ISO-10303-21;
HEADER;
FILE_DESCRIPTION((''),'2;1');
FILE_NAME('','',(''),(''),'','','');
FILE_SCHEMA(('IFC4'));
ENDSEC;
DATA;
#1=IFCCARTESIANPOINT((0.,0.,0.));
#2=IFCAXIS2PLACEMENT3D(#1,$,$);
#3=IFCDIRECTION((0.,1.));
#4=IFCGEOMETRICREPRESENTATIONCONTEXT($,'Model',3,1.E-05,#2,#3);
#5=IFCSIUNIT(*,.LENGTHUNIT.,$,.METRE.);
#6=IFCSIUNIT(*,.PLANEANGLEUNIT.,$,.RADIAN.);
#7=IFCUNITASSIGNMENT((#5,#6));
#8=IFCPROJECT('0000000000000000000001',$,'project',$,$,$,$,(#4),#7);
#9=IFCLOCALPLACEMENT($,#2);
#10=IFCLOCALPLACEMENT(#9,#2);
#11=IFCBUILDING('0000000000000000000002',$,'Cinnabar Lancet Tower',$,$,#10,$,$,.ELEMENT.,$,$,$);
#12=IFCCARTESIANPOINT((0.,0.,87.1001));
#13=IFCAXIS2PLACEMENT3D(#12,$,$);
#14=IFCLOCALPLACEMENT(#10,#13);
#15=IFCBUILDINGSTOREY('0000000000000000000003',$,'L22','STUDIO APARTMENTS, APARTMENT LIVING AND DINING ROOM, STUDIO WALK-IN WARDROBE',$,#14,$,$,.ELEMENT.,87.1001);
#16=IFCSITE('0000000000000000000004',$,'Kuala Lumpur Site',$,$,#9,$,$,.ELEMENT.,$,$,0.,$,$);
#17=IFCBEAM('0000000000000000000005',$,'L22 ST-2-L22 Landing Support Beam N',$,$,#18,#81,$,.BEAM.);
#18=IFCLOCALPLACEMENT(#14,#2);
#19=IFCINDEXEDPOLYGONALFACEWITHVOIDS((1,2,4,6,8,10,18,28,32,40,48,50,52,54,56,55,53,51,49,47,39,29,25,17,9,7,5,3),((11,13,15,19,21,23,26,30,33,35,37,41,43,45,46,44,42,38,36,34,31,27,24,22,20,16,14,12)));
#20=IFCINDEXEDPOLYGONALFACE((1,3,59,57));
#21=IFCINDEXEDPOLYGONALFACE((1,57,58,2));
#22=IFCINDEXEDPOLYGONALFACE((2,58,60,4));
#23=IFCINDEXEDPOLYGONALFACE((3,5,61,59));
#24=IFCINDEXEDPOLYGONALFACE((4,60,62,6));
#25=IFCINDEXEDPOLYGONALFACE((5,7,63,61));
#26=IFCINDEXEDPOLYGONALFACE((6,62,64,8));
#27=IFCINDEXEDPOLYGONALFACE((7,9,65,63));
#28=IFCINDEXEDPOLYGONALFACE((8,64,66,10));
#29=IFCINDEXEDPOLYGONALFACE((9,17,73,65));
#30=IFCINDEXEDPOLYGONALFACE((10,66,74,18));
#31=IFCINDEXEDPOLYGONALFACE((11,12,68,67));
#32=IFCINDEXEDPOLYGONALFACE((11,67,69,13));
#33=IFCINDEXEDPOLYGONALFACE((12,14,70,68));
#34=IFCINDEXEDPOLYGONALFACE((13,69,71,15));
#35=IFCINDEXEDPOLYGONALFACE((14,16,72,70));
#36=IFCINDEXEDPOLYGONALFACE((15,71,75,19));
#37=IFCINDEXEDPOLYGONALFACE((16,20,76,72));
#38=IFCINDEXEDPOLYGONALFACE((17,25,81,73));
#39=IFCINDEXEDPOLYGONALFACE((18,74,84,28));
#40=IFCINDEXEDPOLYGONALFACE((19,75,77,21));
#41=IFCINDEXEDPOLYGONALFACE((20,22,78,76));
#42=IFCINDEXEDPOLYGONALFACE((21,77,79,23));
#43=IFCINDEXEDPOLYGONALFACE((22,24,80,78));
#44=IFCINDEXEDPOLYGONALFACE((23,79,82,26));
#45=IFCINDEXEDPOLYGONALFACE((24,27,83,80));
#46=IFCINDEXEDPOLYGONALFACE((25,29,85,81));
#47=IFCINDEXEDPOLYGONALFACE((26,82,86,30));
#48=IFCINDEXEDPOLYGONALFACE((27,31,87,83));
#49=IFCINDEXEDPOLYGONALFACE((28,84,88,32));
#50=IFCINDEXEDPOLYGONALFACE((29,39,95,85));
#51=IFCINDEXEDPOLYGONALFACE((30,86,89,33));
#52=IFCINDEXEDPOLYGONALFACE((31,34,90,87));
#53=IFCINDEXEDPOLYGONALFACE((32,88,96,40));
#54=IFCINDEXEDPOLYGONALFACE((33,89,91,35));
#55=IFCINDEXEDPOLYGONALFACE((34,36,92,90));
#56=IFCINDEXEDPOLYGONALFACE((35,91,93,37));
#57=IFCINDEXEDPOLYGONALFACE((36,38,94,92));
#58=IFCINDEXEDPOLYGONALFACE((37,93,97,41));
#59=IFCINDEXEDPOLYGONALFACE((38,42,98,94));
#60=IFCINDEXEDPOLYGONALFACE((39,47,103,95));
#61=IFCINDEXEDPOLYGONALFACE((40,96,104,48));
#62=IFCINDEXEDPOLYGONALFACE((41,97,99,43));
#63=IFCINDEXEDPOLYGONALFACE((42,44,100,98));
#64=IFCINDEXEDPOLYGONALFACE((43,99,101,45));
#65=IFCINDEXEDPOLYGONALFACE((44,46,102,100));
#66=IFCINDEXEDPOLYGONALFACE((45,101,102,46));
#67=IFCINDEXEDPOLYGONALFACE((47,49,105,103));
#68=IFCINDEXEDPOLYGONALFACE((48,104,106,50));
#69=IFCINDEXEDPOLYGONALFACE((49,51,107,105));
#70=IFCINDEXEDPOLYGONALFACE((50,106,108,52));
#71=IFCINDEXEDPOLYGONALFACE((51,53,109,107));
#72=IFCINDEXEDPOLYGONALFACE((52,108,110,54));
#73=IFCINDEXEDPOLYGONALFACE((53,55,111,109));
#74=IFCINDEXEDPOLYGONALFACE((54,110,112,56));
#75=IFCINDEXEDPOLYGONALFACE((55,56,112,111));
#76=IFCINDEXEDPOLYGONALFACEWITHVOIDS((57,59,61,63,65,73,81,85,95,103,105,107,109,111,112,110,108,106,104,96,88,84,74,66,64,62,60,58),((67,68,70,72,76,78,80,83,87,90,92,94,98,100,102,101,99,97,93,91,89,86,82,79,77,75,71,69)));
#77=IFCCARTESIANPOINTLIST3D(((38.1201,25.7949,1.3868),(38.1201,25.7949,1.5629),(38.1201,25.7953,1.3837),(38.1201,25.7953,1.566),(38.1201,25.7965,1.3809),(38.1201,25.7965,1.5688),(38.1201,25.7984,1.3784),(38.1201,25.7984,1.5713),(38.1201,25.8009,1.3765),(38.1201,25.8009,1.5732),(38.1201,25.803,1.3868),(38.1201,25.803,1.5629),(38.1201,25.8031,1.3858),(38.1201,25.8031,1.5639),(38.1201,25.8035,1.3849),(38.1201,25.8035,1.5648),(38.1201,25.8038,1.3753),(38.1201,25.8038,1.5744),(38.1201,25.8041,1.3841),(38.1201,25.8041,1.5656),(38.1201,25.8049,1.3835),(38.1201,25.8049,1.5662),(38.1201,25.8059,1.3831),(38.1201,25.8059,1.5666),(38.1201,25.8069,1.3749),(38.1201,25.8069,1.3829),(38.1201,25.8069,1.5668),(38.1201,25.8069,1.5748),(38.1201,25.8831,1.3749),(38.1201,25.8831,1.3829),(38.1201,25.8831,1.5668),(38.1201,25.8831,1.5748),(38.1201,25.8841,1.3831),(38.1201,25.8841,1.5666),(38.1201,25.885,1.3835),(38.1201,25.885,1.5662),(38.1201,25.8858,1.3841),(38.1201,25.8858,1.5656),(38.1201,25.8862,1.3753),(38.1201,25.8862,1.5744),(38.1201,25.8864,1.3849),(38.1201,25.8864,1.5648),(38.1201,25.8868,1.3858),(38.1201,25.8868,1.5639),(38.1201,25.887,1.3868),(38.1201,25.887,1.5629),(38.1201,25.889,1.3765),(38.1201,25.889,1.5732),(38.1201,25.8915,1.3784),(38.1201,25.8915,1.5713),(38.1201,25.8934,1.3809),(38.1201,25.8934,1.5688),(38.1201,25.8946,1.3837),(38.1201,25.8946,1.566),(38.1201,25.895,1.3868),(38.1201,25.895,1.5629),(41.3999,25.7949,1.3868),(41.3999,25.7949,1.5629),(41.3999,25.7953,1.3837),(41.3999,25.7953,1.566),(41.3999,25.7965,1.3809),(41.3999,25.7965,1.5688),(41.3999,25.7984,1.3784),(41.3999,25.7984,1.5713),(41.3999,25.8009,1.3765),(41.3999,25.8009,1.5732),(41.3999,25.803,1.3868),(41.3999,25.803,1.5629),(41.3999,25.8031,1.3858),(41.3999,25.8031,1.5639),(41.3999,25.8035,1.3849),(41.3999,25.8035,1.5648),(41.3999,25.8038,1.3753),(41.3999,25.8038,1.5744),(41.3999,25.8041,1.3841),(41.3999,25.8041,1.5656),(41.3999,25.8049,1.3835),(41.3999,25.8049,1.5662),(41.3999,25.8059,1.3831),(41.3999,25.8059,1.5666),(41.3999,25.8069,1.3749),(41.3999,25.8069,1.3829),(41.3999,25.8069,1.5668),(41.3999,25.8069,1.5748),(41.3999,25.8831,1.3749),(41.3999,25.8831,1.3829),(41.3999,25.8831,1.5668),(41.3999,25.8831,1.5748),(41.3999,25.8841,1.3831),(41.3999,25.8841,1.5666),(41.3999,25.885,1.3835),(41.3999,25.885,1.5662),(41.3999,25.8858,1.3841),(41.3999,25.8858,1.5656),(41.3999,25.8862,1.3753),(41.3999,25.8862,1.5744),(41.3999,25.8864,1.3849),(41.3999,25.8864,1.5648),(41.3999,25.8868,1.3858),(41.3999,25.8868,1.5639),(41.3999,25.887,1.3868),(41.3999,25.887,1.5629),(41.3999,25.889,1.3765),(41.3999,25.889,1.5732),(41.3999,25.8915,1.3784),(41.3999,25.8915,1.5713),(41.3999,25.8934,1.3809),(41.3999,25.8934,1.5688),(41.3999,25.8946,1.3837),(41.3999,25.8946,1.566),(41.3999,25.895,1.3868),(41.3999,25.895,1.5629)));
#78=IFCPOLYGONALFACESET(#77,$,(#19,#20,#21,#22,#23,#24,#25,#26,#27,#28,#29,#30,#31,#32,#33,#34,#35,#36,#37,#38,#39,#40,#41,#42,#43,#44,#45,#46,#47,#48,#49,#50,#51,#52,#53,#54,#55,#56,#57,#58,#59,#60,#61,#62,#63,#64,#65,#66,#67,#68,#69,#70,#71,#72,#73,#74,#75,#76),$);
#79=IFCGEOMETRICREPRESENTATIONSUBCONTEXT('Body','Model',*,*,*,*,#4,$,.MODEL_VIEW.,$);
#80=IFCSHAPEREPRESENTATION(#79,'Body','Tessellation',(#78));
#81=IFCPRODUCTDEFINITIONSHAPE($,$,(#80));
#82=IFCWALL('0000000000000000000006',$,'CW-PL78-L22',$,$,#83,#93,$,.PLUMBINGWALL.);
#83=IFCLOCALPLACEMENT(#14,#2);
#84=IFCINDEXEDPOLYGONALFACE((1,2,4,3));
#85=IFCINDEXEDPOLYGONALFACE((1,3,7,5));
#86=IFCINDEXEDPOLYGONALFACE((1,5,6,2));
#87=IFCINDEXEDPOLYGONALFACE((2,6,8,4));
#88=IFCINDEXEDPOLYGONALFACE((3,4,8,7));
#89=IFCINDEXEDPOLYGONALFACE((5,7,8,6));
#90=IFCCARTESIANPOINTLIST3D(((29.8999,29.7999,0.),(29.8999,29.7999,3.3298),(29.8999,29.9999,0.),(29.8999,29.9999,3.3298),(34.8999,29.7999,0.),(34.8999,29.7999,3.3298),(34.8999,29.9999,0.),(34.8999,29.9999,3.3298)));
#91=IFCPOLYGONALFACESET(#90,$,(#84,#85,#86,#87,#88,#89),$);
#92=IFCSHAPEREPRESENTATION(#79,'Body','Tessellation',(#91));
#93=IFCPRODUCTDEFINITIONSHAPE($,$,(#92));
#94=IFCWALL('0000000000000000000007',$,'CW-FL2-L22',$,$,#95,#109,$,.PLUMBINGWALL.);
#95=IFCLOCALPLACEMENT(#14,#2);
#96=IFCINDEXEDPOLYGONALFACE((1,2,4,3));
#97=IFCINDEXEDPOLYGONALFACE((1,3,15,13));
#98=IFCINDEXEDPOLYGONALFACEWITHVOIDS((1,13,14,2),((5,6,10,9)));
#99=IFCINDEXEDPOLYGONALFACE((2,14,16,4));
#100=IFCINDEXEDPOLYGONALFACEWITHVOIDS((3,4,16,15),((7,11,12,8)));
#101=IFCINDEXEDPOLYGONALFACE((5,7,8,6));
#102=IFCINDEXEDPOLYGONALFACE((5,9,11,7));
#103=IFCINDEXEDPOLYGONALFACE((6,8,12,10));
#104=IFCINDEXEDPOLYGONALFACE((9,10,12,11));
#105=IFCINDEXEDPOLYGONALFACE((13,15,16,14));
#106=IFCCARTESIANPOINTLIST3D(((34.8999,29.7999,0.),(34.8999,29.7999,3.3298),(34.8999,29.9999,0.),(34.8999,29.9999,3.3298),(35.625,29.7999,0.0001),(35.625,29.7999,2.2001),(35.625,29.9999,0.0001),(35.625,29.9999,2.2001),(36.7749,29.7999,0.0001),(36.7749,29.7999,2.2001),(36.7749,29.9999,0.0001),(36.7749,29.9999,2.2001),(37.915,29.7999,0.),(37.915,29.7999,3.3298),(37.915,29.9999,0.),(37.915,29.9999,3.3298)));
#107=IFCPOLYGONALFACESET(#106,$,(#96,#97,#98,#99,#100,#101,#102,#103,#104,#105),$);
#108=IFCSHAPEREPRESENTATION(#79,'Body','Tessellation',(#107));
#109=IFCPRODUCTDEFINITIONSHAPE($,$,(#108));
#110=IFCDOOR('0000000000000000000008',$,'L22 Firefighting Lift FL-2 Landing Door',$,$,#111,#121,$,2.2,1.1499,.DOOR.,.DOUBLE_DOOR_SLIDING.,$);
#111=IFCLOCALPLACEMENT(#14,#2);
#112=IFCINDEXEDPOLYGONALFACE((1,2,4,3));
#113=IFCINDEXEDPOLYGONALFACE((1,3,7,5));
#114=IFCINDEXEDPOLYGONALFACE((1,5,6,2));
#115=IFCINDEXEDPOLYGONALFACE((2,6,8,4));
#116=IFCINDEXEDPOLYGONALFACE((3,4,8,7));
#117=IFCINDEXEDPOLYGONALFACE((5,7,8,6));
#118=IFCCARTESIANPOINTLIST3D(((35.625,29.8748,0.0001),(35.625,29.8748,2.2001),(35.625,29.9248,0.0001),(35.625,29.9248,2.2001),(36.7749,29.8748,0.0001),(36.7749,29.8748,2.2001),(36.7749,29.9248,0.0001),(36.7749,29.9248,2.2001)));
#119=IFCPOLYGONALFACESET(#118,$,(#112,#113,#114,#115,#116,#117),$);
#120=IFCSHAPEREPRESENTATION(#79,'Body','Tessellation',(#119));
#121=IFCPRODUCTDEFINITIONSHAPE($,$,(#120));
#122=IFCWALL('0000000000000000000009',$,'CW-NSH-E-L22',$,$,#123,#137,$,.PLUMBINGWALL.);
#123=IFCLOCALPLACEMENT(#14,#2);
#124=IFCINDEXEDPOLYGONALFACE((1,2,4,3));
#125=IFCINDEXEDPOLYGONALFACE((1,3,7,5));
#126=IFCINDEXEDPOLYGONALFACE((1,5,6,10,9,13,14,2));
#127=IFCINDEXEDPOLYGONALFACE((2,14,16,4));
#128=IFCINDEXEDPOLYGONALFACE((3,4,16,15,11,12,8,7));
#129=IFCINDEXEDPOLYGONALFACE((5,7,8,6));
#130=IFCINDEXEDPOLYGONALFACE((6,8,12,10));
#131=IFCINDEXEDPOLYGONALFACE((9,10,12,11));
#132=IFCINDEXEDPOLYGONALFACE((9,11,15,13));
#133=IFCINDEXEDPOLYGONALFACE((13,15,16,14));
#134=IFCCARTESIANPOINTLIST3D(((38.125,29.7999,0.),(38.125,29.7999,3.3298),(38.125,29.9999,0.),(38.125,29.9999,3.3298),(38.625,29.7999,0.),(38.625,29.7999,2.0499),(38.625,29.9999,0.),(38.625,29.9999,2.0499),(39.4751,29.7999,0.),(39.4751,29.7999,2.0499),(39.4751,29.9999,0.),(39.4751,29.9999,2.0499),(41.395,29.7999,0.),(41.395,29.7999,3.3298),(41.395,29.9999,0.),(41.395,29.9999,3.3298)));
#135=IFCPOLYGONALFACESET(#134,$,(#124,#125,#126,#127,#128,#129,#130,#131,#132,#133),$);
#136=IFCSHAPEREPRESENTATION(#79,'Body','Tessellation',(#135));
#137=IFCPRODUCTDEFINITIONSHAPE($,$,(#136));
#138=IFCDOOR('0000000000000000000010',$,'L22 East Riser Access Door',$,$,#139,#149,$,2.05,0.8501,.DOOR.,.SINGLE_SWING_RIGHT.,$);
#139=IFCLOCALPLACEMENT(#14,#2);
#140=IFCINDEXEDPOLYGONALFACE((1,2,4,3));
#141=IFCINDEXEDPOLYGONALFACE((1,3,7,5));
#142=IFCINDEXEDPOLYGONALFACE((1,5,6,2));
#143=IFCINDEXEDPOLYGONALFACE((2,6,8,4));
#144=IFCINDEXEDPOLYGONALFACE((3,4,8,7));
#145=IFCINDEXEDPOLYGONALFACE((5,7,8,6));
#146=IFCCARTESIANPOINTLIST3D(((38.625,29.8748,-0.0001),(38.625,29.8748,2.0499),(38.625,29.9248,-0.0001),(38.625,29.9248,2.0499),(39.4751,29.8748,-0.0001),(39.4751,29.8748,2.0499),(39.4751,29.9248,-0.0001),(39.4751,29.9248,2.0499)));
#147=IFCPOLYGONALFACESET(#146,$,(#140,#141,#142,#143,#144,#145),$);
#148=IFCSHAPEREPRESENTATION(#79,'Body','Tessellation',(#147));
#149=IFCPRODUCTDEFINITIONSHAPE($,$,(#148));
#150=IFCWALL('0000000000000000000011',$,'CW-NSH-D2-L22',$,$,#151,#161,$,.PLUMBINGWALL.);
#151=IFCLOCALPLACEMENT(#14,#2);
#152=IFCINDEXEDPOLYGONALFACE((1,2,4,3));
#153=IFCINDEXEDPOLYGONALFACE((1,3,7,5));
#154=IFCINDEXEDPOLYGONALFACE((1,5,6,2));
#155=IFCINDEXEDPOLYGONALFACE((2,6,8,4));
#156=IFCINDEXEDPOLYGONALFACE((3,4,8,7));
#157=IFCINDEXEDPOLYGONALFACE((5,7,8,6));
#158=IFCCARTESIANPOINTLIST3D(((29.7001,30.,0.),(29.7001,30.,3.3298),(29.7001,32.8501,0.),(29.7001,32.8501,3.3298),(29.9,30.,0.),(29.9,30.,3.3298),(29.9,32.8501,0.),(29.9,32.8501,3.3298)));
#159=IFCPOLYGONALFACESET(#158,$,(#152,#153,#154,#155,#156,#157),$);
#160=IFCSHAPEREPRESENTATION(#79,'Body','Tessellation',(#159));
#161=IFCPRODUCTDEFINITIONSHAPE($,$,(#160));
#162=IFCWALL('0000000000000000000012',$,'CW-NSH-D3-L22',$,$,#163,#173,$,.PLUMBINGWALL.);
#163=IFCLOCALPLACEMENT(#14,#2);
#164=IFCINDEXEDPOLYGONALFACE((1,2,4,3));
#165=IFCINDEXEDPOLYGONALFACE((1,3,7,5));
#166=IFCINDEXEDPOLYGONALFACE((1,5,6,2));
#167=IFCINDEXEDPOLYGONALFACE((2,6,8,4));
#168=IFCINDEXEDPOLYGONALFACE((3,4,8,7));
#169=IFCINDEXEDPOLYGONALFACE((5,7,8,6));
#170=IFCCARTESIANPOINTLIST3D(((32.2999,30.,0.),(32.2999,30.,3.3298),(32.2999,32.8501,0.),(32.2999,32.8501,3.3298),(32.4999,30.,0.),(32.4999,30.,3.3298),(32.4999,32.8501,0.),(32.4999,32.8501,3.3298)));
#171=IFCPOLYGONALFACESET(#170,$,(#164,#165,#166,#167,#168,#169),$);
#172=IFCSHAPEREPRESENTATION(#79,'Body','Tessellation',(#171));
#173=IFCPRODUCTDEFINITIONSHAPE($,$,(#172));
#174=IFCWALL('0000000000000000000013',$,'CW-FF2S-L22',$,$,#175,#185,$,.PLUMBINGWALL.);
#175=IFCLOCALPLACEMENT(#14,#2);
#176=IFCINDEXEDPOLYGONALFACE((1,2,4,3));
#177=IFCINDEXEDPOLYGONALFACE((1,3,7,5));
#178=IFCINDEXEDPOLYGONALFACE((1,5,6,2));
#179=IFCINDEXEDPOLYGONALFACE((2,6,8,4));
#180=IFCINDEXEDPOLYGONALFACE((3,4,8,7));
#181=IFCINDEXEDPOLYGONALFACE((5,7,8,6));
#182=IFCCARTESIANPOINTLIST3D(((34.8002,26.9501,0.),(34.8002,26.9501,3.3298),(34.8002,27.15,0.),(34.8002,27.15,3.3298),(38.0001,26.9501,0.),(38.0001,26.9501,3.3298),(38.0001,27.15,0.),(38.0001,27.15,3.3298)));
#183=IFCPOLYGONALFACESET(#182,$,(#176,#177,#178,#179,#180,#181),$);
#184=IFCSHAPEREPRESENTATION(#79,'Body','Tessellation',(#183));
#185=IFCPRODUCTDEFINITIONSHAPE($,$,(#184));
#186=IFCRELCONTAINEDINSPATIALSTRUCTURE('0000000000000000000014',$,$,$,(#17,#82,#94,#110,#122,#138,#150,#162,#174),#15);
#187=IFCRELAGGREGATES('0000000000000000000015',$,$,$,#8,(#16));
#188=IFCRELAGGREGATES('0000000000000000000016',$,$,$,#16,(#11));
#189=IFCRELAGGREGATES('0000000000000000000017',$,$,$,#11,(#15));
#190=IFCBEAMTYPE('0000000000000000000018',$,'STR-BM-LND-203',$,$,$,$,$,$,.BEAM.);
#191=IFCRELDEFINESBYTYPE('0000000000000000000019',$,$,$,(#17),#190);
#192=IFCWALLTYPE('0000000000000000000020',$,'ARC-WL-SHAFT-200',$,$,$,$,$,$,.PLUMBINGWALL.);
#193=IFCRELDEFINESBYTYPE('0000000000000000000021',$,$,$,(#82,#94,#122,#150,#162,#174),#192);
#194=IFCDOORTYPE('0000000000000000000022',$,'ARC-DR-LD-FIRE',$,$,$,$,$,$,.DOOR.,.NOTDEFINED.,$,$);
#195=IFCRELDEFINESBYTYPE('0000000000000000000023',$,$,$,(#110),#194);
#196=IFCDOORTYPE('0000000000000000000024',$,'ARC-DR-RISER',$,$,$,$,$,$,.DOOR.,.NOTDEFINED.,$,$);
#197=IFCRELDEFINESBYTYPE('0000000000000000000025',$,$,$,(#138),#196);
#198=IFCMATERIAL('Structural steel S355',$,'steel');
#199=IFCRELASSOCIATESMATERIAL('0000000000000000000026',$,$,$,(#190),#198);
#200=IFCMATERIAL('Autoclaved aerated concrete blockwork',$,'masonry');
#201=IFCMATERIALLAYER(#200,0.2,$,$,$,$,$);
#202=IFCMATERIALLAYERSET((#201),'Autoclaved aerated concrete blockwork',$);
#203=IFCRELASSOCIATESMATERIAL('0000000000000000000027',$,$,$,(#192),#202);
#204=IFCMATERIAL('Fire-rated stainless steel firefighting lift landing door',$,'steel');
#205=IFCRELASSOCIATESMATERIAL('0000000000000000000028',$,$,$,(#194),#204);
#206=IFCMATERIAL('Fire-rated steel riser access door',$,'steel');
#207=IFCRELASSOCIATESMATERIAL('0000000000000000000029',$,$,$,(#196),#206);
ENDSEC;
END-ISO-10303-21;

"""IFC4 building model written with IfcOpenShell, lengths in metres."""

from ifc_helpers import new_model, si_unit, direction, frame, frame_2d, origin, origin_2d, place, context, subcontext, project, spatial, rectangle, hollow_rectangle, extrude, material, layer, layer_set, material_profile, profile_set, type_object, element, fill, save


model = new_model("IFC4")

# Units and contexts
model_context = context("Model", 3, precision=1e-05, world=origin(), true_north=direction((0.0, 1.0)))
body_context = subcontext(model_context, "Body", "Model", "MODEL_VIEW")
ifc_project = project(units=[si_unit("LENGTHUNIT", "METRE"), si_unit("PLANEANGLEUNIT", "RADIAN")], contexts=[model_context])

# Site, building, storey
site_placement = place(None, origin())
site = spatial("IfcSite", under=ifc_project, at=site_placement, Name="Kuala Lumpur Site", CompositionType="ELEMENT", RefElevation=0.0)
building_placement = place(site_placement, origin())
building = spatial("IfcBuilding", under=site, at=building_placement, Name="Cinnabar Lancet Tower", CompositionType="ELEMENT")
storey_placement = place(building_placement, frame((0.0, 0.0, 87.1001)))
storey = spatial("IfcBuildingStorey", under=building, at=storey_placement, Name="L22", Description="STUDIO APARTMENTS, APARTMENT LIVING AND DINING ROOM, STUDIO WALK-IN WARDROBE", CompositionType="ELEMENT", Elevation=87.1001)

# Beam
ifc_material_1 = material(Name="Structural steel S355", Category="steel")
ifc_material_profile = material_profile(ifc_material_1, hollow_rectangle(XDim=0.1001, YDim=0.2, WallThickness=0.0081, InnerFilletRadius=0.0039, OuterFilletRadius=0.012, at=origin_2d()), Name="RHS 200x100x8")
ifc_profile_set = profile_set([ifc_material_profile], Name="Structural steel S355")
beam_type = type_object("IfcBeamType", Name="STR-BM-LND-203", PredefinedType="BEAM", material=ifc_profile_set)
beam_placement = place(storey_placement, frame((38.1201, 25.845, 1.4749), z_axis=(1.0, 0.0, 0.0), x_axis=(0.0, 1.0, 0.0)))
element("IfcBeam", 1, at=beam_placement, inside=storey, type_object=beam_type, Name="L22 ST-2-L22 Landing Support Beam N", PredefinedType="BEAM", context=body_context, shape_type="SweptSolid", body=[
    extrude(hollow_rectangle(XDim=0.1001, YDim=0.2, WallThickness=0.0081, InnerFilletRadius=0.0039, OuterFilletRadius=0.012, at=origin_2d()), origin(), (0.0, 0.0, 1.0), 3.2798),
])

# Wall
ifc_material_2 = material(Name="Autoclaved aerated concrete blockwork", Category="masonry")
ifc_layer = layer(ifc_material_2, 0.2)
ifc_layer_set = layer_set([ifc_layer], Name="Autoclaved aerated concrete blockwork")
wall_type = type_object("IfcWallType", Name="ARC-WL-SHAFT-200", PredefinedType="PLUMBINGWALL", material=ifc_layer_set)
wall_1_placement = place(storey_placement, frame((29.8999, 29.8999, 0.0), z_axis=(0.0, 0.0, 1.0), x_axis=(1.0, 0.0, 0.0)))
element("IfcWall", 2, at=wall_1_placement, inside=storey, type_object=wall_type, Name="CW-PL78-L22", PredefinedType="PLUMBINGWALL", context=body_context, shape_type="SweptSolid", body=[
    extrude(rectangle(XDim=5.0, YDim=0.2, at=frame_2d((2.5, 0.0))), origin(), (0.0, 0.0, 1.0), 3.3298),
])

# Walls, openings, doors
wall_2_placement = place(storey_placement, frame((34.8999, 29.8999, 0.0), z_axis=(0.0, 0.0, 1.0), x_axis=(1.0, 0.0, 0.0)))
wall_2 = element("IfcWall", 3, at=wall_2_placement, inside=storey, type_object=wall_type, Name="CW-FL2-L22", PredefinedType="PLUMBINGWALL", context=body_context, shape_type="SweptSolid", body=[
    extrude(rectangle(XDim=3.0151, YDim=0.2, at=frame_2d((1.5076, 0.0))), origin(), (0.0, 0.0, 1.0), 3.3298),
])
opening_1_placement = place(wall_2_placement, frame((0.7251, 0.0, 0.0)))
opening_1 = element("IfcOpeningElement", 4, at=opening_1_placement, cuts=wall_2, PredefinedType="OPENING", context=body_context, shape_type="SweptSolid", body=[
    extrude(rectangle(XDim=1.1499, YDim=2.2, at=frame_2d((0.575, 1.1001))), frame((0.0, 0.1099, 0.0), z_axis=(0.0, -1.0, 0.0), x_axis=(1.0, 0.0, 0.0)), (0.0, 0.0, 1.0), 0.22),
])
ifc_material_3 = material(Name="Fire-rated stainless steel firefighting lift landing door", Category="steel")
door_type_1 = type_object("IfcDoorType", Name="ARC-DR-LD-FIRE", OperationType="NOTDEFINED", PredefinedType="DOOR", material=ifc_material_3)
door_1_placement = place(opening_1_placement, origin())
door_1 = element("IfcDoor", 5, at=door_1_placement, inside=storey, type_object=door_type_1, Name="L22 Firefighting Lift FL-2 Landing Door", OperationType="DOUBLE_DOOR_SLIDING", OverallHeight=2.2, OverallWidth=1.1499, PredefinedType="DOOR", context=body_context, shape_type="SweptSolid", body=[
    extrude(rectangle(XDim=1.1499, YDim=2.2, at=frame_2d((0.575, 1.1001))), frame((0.0, 0.0249, 0.0), z_axis=(0.0, -1.0, 0.0), x_axis=(1.0, 0.0, 0.0)), (0.0, 0.0, 1.0), 0.05),
])
fill(opening_1, door_1)
wall_3_placement = place(storey_placement, frame((38.125, 29.8999, 0.0), z_axis=(0.0, 0.0, 1.0), x_axis=(1.0, 0.0, 0.0)))
wall_3 = element("IfcWall", 6, at=wall_3_placement, inside=storey, type_object=wall_type, Name="CW-NSH-E-L22", PredefinedType="PLUMBINGWALL", context=body_context, shape_type="SweptSolid", body=[
    extrude(rectangle(XDim=3.27, YDim=0.2, at=frame_2d((1.635, 0.0))), origin(), (0.0, 0.0, 1.0), 3.3298),
])
opening_2_placement = place(wall_3_placement, frame((0.5, 0.0, 0.0)))
opening_2 = element("IfcOpeningElement", 7, at=opening_2_placement, cuts=wall_3, PredefinedType="OPENING", context=body_context, shape_type="SweptSolid", body=[
    extrude(rectangle(XDim=0.8501, YDim=2.05, at=frame_2d((0.425, 1.0249))), frame((0.0, 0.1099, 0.0), z_axis=(0.0, -1.0, 0.0), x_axis=(1.0, 0.0, 0.0)), (0.0, 0.0, 1.0), 0.22),
])
ifc_material_4 = material(Name="Fire-rated steel riser access door", Category="steel")
door_type_2 = type_object("IfcDoorType", Name="ARC-DR-RISER", OperationType="NOTDEFINED", PredefinedType="DOOR", material=ifc_material_4)
door_2_placement = place(opening_2_placement, origin())
door_2 = element("IfcDoor", 8, at=door_2_placement, inside=storey, type_object=door_type_2, Name="L22 East Riser Access Door", OperationType="SINGLE_SWING_RIGHT", OverallHeight=2.05, OverallWidth=0.8501, PredefinedType="DOOR", context=body_context, shape_type="SweptSolid", body=[
    extrude(rectangle(XDim=0.8501, YDim=2.05, at=frame_2d((0.425, 1.0249))), frame((0.0, 0.0249, 0.0), z_axis=(0.0, -1.0, 0.0), x_axis=(1.0, 0.0, 0.0)), (0.0, 0.0, 1.0), 0.05),
])
fill(opening_2, door_2)

# Walls
for number, where, z_axis, x_axis, name in (
    (9, (29.8, 30.0, 0.0), (0.0, 0.0, 1.0), (0.0, 1.0, 0.0), "CW-NSH-D2-L22"),
    (10, (32.3999, 30.0, 0.0), (0.0, 0.0, 1.0), (0.0, 1.0, 0.0), "CW-NSH-D3-L22"),
):
    element("IfcWall", number, at=place(storey_placement, frame(where, z_axis=z_axis, x_axis=x_axis)), inside=storey, type_object=wall_type, Name=name, PredefinedType="PLUMBINGWALL", context=body_context, shape_type="SweptSolid", body=[
        extrude(rectangle(XDim=2.8501, YDim=0.2, at=frame_2d((1.425, 0.0))), origin(), (0.0, 0.0, 1.0), 3.3298),
    ])

# Wall
wall_4_placement = place(storey_placement, frame((34.8, 27.05, 0.0), z_axis=(0.0, 0.0, 1.0), x_axis=(1.0, 0.0, 0.0)))
element("IfcWall", 11, at=wall_4_placement, inside=storey, type_object=wall_type, Name="CW-FF2S-L22", PredefinedType="PLUMBINGWALL", context=body_context, shape_type="SweptSolid", body=[
    extrude(rectangle(XDim=3.2, YDim=0.2, at=frame_2d((1.6001, 0.0))), origin(), (0.0, 0.0, 1.0), 3.3298),
])

save(model, "model.ifc")
